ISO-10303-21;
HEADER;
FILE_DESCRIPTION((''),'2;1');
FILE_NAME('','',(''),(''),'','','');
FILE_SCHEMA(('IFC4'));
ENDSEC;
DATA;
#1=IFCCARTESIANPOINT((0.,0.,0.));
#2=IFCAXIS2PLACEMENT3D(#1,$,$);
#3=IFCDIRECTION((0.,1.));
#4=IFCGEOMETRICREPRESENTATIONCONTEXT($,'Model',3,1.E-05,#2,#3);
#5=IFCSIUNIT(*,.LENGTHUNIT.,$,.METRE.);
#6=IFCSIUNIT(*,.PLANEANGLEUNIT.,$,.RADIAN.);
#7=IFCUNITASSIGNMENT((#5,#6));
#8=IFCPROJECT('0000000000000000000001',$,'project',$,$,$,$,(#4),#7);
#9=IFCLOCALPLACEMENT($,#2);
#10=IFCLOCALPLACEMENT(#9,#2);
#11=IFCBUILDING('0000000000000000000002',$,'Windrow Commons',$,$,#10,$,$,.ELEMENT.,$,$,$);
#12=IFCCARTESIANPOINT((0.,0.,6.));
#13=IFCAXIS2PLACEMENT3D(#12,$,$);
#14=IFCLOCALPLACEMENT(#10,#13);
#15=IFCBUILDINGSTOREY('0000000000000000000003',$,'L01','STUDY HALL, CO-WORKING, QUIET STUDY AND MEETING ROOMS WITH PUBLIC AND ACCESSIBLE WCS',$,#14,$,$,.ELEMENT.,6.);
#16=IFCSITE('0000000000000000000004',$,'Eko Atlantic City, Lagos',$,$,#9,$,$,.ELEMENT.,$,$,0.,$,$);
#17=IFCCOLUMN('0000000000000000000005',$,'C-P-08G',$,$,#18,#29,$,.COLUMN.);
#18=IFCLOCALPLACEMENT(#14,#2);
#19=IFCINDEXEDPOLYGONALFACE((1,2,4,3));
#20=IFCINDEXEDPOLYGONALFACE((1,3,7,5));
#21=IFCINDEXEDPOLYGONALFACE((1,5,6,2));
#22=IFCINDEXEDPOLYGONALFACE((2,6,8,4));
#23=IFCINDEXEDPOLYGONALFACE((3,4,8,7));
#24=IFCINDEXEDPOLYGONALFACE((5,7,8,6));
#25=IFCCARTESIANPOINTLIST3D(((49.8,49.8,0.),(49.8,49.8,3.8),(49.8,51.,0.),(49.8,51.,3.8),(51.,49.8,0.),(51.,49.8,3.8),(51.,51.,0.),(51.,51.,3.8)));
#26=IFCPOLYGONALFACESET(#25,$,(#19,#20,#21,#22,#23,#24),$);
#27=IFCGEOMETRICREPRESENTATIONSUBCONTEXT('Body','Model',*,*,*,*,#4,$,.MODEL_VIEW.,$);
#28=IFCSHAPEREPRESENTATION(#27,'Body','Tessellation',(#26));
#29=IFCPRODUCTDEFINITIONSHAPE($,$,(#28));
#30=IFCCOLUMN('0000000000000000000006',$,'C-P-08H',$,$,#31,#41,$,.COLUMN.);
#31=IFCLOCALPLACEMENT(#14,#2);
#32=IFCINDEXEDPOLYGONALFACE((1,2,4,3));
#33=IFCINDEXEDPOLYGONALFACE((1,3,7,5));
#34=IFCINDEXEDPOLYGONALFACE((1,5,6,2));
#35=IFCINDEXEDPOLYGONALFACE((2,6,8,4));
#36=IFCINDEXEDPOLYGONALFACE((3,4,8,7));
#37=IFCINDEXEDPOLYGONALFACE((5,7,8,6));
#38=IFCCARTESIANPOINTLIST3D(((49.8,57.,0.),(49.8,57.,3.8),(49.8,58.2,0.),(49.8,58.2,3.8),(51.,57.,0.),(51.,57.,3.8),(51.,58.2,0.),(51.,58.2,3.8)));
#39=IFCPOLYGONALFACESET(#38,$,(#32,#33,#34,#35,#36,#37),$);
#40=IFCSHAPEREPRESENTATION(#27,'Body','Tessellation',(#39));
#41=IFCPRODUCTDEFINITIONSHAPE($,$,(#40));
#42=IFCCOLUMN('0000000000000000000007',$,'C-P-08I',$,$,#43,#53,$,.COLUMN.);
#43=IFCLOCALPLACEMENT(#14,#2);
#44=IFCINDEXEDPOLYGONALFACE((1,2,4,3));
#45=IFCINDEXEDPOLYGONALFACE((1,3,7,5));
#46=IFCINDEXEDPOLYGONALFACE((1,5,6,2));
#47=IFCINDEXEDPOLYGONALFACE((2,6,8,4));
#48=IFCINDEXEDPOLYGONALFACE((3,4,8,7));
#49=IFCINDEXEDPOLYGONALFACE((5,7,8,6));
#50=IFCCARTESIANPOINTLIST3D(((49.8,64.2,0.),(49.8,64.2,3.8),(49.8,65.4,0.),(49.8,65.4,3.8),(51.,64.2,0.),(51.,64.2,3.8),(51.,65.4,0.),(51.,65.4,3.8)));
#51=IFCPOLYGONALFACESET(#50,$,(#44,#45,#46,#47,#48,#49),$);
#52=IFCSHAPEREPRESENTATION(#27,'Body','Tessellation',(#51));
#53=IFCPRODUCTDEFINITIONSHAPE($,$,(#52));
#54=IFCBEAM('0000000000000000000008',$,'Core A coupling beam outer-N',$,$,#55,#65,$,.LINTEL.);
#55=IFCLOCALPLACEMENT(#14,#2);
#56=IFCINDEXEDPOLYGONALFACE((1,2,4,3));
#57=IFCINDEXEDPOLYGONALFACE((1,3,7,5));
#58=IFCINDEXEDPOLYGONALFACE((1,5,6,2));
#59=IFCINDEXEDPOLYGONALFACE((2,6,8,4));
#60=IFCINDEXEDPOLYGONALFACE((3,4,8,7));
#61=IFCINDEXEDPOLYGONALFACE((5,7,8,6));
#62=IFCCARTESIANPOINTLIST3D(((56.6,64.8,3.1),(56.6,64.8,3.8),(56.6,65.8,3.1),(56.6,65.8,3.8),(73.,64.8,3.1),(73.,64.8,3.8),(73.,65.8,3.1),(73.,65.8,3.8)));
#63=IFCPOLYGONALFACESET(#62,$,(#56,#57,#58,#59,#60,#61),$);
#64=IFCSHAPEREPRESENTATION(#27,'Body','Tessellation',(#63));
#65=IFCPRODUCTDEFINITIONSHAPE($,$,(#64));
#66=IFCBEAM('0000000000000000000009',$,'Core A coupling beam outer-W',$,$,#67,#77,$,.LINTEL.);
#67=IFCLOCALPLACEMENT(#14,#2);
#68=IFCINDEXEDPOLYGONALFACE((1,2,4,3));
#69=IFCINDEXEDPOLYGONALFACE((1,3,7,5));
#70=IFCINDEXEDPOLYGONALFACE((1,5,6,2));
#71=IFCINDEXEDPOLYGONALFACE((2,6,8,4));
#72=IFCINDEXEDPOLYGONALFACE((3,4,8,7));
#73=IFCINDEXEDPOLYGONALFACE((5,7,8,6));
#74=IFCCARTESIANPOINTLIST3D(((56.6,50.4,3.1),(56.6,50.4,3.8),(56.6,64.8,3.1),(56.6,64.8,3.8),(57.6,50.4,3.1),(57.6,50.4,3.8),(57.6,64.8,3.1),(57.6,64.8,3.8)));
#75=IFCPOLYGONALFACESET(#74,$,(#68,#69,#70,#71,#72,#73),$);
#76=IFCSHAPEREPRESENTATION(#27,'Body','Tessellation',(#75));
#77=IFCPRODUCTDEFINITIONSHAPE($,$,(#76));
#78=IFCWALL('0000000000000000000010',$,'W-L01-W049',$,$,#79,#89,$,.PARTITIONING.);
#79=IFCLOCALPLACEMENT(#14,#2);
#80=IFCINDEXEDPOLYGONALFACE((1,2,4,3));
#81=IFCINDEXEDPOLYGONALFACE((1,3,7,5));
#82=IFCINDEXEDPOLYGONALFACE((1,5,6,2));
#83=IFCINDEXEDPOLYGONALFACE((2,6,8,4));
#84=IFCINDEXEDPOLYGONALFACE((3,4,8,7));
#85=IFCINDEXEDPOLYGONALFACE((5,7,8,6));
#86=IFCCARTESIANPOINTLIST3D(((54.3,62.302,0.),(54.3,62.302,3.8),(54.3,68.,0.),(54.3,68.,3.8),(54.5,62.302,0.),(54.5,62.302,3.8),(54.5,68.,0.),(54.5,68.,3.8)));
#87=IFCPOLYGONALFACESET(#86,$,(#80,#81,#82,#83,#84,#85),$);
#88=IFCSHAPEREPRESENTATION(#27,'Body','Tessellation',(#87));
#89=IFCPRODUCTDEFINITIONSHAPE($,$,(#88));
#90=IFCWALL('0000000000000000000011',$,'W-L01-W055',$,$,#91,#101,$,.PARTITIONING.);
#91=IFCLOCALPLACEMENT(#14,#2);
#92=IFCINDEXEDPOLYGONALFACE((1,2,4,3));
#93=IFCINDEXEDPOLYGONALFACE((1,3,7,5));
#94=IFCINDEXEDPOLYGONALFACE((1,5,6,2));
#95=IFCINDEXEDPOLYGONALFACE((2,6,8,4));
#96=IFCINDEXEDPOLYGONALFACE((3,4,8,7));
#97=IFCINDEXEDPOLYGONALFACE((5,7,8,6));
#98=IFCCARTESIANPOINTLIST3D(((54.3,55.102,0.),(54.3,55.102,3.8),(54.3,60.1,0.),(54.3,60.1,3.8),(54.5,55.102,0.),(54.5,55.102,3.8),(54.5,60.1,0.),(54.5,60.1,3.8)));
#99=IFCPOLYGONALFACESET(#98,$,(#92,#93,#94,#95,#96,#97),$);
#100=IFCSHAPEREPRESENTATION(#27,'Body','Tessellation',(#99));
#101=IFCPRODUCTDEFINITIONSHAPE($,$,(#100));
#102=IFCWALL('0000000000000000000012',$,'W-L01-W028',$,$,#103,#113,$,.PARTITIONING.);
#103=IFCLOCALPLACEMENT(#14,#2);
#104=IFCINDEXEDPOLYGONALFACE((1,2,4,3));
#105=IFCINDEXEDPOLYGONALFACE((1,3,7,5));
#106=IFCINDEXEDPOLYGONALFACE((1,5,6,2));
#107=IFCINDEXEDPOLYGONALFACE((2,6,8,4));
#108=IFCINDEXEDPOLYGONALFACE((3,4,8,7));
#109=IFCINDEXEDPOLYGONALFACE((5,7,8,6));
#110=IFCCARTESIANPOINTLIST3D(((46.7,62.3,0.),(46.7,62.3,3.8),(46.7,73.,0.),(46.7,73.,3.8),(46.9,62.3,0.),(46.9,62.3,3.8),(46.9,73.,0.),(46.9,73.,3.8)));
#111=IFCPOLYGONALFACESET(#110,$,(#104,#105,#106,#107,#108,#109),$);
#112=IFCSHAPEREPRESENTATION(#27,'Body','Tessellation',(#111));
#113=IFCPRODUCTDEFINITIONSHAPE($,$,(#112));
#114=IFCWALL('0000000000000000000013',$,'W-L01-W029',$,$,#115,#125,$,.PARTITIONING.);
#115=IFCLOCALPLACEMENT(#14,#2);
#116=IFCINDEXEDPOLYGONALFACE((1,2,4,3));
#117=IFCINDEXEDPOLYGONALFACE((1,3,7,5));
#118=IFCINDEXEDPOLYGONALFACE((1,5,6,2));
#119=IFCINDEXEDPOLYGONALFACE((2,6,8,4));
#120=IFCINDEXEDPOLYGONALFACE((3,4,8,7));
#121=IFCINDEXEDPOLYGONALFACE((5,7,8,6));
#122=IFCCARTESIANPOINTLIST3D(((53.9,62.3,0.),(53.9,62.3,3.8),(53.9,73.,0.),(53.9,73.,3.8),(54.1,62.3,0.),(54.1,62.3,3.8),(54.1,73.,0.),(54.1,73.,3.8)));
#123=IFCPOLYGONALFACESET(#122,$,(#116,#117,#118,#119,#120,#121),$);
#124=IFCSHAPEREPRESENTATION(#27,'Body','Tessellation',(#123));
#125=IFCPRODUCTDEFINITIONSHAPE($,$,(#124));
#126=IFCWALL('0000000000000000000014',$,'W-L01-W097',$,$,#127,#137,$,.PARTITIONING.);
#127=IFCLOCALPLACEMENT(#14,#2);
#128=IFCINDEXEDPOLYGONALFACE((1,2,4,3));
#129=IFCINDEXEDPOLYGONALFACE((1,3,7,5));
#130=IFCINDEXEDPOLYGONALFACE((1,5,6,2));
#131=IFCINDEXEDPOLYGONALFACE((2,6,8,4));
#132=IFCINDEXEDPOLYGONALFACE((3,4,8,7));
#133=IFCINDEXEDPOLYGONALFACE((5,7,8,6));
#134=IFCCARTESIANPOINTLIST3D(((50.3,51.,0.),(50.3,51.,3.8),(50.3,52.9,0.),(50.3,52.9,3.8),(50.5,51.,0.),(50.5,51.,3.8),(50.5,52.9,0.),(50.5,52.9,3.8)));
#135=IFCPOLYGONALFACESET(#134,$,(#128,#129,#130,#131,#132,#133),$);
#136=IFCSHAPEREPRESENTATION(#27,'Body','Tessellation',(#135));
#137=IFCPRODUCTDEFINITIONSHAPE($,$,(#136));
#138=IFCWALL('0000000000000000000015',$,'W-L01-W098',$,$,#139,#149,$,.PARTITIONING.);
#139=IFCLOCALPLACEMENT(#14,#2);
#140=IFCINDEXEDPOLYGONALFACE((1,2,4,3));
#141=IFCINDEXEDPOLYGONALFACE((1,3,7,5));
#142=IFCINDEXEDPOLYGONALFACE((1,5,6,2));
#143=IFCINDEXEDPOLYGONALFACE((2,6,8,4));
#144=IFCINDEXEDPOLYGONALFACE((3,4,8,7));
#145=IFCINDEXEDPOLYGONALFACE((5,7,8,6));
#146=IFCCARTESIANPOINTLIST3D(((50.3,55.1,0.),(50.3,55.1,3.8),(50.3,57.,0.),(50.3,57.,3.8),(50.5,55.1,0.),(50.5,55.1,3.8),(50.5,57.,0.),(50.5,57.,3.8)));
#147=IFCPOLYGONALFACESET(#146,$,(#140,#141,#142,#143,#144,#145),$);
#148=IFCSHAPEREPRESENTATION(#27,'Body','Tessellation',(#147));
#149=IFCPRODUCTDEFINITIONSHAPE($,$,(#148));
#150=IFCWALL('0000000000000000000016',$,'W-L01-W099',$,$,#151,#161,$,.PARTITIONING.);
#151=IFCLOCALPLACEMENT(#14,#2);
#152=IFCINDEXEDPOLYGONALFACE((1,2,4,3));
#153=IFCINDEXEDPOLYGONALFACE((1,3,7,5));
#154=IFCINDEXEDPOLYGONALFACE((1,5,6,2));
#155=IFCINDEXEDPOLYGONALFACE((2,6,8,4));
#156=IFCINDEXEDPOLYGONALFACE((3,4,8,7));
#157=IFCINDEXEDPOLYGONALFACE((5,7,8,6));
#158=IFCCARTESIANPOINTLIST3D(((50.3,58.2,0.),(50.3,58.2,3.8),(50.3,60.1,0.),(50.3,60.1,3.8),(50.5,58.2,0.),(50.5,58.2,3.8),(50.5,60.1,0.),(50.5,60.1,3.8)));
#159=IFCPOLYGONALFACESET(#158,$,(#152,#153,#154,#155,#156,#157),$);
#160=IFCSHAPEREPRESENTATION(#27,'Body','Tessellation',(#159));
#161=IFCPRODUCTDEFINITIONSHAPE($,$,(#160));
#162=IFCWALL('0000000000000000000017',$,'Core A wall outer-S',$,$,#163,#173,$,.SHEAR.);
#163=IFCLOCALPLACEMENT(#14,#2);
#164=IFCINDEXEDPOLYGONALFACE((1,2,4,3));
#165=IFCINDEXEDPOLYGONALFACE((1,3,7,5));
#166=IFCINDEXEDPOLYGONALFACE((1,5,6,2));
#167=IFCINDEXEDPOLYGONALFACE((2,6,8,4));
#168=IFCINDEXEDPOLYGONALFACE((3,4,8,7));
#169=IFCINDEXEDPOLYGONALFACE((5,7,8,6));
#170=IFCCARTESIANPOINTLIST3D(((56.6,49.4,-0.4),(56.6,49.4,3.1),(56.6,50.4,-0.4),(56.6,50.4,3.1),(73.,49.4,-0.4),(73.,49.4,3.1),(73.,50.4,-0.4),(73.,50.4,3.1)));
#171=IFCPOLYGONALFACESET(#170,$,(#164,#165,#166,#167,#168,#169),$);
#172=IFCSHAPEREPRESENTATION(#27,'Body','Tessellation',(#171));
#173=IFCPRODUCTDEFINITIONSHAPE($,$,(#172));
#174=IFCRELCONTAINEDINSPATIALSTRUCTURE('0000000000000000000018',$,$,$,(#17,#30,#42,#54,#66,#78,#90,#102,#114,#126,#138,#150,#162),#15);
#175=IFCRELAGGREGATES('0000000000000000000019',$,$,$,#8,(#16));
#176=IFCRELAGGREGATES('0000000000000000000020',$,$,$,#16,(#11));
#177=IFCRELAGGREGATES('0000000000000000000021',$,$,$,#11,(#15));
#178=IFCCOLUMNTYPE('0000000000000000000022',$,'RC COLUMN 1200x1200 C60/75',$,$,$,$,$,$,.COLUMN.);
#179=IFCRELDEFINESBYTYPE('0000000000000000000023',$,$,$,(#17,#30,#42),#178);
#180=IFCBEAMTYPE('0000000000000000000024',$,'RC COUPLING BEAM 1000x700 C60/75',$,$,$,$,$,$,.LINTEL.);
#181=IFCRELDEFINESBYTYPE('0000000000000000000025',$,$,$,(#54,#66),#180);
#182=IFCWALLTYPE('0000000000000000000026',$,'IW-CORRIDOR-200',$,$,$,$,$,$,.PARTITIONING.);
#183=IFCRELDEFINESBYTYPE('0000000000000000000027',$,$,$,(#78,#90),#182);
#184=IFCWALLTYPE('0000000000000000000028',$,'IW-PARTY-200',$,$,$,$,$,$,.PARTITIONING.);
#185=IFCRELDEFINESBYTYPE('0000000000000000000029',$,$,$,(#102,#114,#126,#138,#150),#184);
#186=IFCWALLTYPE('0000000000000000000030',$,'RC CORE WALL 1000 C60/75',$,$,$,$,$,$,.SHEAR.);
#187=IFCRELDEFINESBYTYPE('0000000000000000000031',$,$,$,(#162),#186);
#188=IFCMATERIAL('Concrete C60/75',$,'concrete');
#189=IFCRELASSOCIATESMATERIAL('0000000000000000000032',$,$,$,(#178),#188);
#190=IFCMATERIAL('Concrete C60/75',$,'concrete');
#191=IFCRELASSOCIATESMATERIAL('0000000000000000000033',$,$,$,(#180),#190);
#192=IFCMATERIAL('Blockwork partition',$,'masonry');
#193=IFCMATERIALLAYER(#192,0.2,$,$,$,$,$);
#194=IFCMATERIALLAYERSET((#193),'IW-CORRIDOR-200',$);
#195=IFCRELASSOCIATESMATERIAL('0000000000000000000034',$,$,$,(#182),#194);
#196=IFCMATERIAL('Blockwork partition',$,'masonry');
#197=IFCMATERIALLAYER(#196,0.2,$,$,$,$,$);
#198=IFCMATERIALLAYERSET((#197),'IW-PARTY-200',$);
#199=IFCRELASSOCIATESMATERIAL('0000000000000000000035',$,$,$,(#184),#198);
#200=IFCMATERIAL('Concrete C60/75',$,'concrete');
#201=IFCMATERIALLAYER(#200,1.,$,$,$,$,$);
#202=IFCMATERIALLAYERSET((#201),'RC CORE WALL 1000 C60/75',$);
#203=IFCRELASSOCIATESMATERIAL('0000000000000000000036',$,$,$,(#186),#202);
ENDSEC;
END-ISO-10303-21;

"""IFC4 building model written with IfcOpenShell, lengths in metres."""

from ifc_helpers import new_model, si_unit, direction, frame, frame_2d, origin, origin_2d, place, context, subcontext, project, spatial, rectangle, extrude, material, layer, layer_set, material_profile, profile_set, type_object, element, save


model = new_model("IFC4")

# Units and contexts
model_context = context("Model", 3, precision=1e-05, world=origin(), true_north=direction((0.0, 1.0)))
body_context = subcontext(model_context, "Body", "Model", "MODEL_VIEW")
ifc_project = project(units=[si_unit("LENGTHUNIT", "METRE"), si_unit("PLANEANGLEUNIT", "RADIAN")], contexts=[model_context])

# Site, building, storey
site_placement = place(None, origin())
site = spatial("IfcSite", under=ifc_project, at=site_placement, Name="Eko Atlantic City, Lagos", CompositionType="ELEMENT", RefElevation=0.0)
building_placement = place(site_placement, origin())
building = spatial("IfcBuilding", under=site, at=building_placement, Name="Windrow Commons", CompositionType="ELEMENT")
storey_placement = place(building_placement, frame((0.0, 0.0, 6.0)))
storey = spatial("IfcBuildingStorey", under=building, at=storey_placement, Name="L01", Description="STUDY HALL, CO-WORKING, QUIET STUDY AND MEETING ROOMS WITH PUBLIC AND ACCESSIBLE WCS", CompositionType="ELEMENT", Elevation=6.0)

# Columns
ifc_material_1 = material(Name="Concrete C60/75", Category="concrete")
ifc_material_profile_1 = material_profile(ifc_material_1, rectangle(XDim=1.2, YDim=1.2, at=origin_2d()))
ifc_profile_set_1 = profile_set([ifc_material_profile_1], Name="Concrete C60/75")
column_type = type_object("IfcColumnType", Name="RC COLUMN 1200x1200 C60/75", PredefinedType="COLUMN", material=ifc_profile_set_1)
for number, where, z_axis, x_axis, name in (
    (1, (50.4, 50.4, 0.0), (0.0, 0.0, 1.0), (1.0, 0.0, 0.0), "C-P-08G"),
    (2, (50.4, 57.6, 0.0), (0.0, 0.0, 1.0), (1.0, 0.0, 0.0), "C-P-08H"),
    (3, (50.4, 64.8, 0.0), (0.0, 0.0, 1.0), (1.0, 0.0, 0.0), "C-P-08I"),
):
    element("IfcColumn", number, at=place(storey_placement, frame(where, z_axis=z_axis, x_axis=x_axis)), inside=storey, type_object=column_type, Name=name, PredefinedType="COLUMN", context=body_context, shape_type="SweptSolid", body=[
        extrude(rectangle(XDim=1.2, YDim=1.2, at=origin_2d()), origin(), (0.0, 0.0, 1.0), 3.8),
    ])

# Beams
ifc_material_2 = material(Name="Concrete C60/75", Category="concrete")
ifc_material_profile_2 = material_profile(ifc_material_2, rectangle(XDim=1.0, YDim=0.7, at=origin_2d()))
ifc_profile_set_2 = profile_set([ifc_material_profile_2], Name="Concrete C60/75")
beam_type = type_object("IfcBeamType", Name="RC COUPLING BEAM 1000x700 C60/75", PredefinedType="LINTEL", material=ifc_profile_set_2)
beam_1_placement = place(storey_placement, frame((56.6, 65.3, 3.45), z_axis=(1.0, 0.0, 0.0), x_axis=(0.0, 1.0, 0.0)))
element("IfcBeam", 4, at=beam_1_placement, inside=storey, type_object=beam_type, Name="Core A coupling beam outer-N", PredefinedType="LINTEL", context=body_context, shape_type="SweptSolid", body=[
    extrude(rectangle(XDim=1.0, YDim=0.7, at=origin_2d()), origin(), (0.0, 0.0, 1.0), 16.4),
])
beam_2_placement = place(storey_placement, frame((57.1, 50.4, 3.45), z_axis=(0.0, 1.0, 0.0), x_axis=(-1.0, 0.0, 0.0)))
element("IfcBeam", 5, at=beam_2_placement, inside=storey, type_object=beam_type, Name="Core A coupling beam outer-W", PredefinedType="LINTEL", context=body_context, shape_type="SweptSolid", body=[
    extrude(rectangle(XDim=1.0, YDim=0.7, at=origin_2d()), origin(), (0.0, 0.0, 1.0), 14.4),
])

# Walls
ifc_material_3 = material(Name="Blockwork partition", Category="masonry")
ifc_layer_1 = layer(ifc_material_3, 0.2)
ifc_layer_set_1 = layer_set([ifc_layer_1], Name="IW-CORRIDOR-200")
wall_type_1 = type_object("IfcWallType", Name="IW-CORRIDOR-200", PredefinedType="PARTITIONING", material=ifc_layer_set_1)
wall_1_placement = place(storey_placement, frame((54.4, 62.302, 0.0), z_axis=(0.0, 0.0, 1.0), x_axis=(0.0, 1.0, 0.0)))
element("IfcWall", 6, at=wall_1_placement, inside=storey, type_object=wall_type_1, Name="W-L01-W049", PredefinedType="PARTITIONING", context=body_context, shape_type="SweptSolid", body=[
    extrude(rectangle(XDim=5.698, YDim=0.2, at=frame_2d((2.849, 0.0))), origin(), (0.0, 0.0, 1.0), 3.8),
])
wall_2_placement = place(storey_placement, frame((54.4, 55.102, 0.0), z_axis=(0.0, 0.0, 1.0), x_axis=(0.0, 1.0, 0.0)))
element("IfcWall", 7, at=wall_2_placement, inside=storey, type_object=wall_type_1, Name="W-L01-W055", PredefinedType="PARTITIONING", context=body_context, shape_type="SweptSolid", body=[
    extrude(rectangle(XDim=4.998, YDim=0.2, at=frame_2d((2.499, 0.0))), origin(), (0.0, 0.0, 1.0), 3.8),
])
ifc_material_4 = material(Name="Blockwork partition", Category="masonry")
ifc_layer_2 = layer(ifc_material_4, 0.2)
ifc_layer_set_2 = layer_set([ifc_layer_2], Name="IW-PARTY-200")
wall_type_2 = type_object("IfcWallType", Name="IW-PARTY-200", PredefinedType="PARTITIONING", material=ifc_layer_set_2)
for number, where, z_axis, x_axis, name in (
    (8, (46.8, 62.3, 0.0), (0.0, 0.0, 1.0), (0.0, 1.0, 0.0), "W-L01-W028"),
    (9, (54.0, 62.3, 0.0), (0.0, 0.0, 1.0), (0.0, 1.0, 0.0), "W-L01-W029"),
):
    element("IfcWall", number, at=place(storey_placement, frame(where, z_axis=z_axis, x_axis=x_axis)), inside=storey, type_object=wall_type_2, Name=name, PredefinedType="PARTITIONING", context=body_context, shape_type="SweptSolid", body=[
        extrude(rectangle(XDim=10.7, YDim=0.2, at=frame_2d((5.35, 0.0))), origin(), (0.0, 0.0, 1.0), 3.8),
    ])
for number, where, z_axis, x_axis, name in (
    (10, (50.4, 51.0, 0.0), (0.0, 0.0, 1.0), (0.0, 1.0, 0.0), "W-L01-W097"),
    (11, (50.4, 55.1, 0.0), (0.0, 0.0, 1.0), (0.0, 1.0, 0.0), "W-L01-W098"),
    (12, (50.4, 58.2, 0.0), (0.0, 0.0, 1.0), (0.0, 1.0, 0.0), "W-L01-W099"),
):
    element("IfcWall", number, at=place(storey_placement, frame(where, z_axis=z_axis, x_axis=x_axis)), inside=storey, type_object=wall_type_2, Name=name, PredefinedType="PARTITIONING", context=body_context, shape_type="SweptSolid", body=[
        extrude(rectangle(XDim=1.9, YDim=0.2, at=frame_2d((0.95, 0.0))), origin(), (0.0, 0.0, 1.0), 3.8),
    ])
ifc_material_5 = material(Name="Concrete C60/75", Category="concrete")
ifc_layer_3 = layer(ifc_material_5, 1.0)
ifc_layer_set_3 = layer_set([ifc_layer_3], Name="RC CORE WALL 1000 C60/75")
wall_type_3 = type_object("IfcWallType", Name="RC CORE WALL 1000 C60/75", PredefinedType="SHEAR", material=ifc_layer_set_3)
wall_3_placement = place(storey_placement, frame((56.6, 49.9, -0.4), z_axis=(0.0, 0.0, 1.0), x_axis=(1.0, 0.0, 0.0)))
element("IfcWall", 13, at=wall_3_placement, inside=storey, type_object=wall_type_3, Name="Core A wall outer-S", PredefinedType="SHEAR", context=body_context, shape_type="SweptSolid", body=[
    extrude(rectangle(XDim=16.4, YDim=1.0, at=frame_2d((8.2, 0.0))), origin(), (0.0, 0.0, 1.0), 3.5),
])

save(model, "model.ifc")
